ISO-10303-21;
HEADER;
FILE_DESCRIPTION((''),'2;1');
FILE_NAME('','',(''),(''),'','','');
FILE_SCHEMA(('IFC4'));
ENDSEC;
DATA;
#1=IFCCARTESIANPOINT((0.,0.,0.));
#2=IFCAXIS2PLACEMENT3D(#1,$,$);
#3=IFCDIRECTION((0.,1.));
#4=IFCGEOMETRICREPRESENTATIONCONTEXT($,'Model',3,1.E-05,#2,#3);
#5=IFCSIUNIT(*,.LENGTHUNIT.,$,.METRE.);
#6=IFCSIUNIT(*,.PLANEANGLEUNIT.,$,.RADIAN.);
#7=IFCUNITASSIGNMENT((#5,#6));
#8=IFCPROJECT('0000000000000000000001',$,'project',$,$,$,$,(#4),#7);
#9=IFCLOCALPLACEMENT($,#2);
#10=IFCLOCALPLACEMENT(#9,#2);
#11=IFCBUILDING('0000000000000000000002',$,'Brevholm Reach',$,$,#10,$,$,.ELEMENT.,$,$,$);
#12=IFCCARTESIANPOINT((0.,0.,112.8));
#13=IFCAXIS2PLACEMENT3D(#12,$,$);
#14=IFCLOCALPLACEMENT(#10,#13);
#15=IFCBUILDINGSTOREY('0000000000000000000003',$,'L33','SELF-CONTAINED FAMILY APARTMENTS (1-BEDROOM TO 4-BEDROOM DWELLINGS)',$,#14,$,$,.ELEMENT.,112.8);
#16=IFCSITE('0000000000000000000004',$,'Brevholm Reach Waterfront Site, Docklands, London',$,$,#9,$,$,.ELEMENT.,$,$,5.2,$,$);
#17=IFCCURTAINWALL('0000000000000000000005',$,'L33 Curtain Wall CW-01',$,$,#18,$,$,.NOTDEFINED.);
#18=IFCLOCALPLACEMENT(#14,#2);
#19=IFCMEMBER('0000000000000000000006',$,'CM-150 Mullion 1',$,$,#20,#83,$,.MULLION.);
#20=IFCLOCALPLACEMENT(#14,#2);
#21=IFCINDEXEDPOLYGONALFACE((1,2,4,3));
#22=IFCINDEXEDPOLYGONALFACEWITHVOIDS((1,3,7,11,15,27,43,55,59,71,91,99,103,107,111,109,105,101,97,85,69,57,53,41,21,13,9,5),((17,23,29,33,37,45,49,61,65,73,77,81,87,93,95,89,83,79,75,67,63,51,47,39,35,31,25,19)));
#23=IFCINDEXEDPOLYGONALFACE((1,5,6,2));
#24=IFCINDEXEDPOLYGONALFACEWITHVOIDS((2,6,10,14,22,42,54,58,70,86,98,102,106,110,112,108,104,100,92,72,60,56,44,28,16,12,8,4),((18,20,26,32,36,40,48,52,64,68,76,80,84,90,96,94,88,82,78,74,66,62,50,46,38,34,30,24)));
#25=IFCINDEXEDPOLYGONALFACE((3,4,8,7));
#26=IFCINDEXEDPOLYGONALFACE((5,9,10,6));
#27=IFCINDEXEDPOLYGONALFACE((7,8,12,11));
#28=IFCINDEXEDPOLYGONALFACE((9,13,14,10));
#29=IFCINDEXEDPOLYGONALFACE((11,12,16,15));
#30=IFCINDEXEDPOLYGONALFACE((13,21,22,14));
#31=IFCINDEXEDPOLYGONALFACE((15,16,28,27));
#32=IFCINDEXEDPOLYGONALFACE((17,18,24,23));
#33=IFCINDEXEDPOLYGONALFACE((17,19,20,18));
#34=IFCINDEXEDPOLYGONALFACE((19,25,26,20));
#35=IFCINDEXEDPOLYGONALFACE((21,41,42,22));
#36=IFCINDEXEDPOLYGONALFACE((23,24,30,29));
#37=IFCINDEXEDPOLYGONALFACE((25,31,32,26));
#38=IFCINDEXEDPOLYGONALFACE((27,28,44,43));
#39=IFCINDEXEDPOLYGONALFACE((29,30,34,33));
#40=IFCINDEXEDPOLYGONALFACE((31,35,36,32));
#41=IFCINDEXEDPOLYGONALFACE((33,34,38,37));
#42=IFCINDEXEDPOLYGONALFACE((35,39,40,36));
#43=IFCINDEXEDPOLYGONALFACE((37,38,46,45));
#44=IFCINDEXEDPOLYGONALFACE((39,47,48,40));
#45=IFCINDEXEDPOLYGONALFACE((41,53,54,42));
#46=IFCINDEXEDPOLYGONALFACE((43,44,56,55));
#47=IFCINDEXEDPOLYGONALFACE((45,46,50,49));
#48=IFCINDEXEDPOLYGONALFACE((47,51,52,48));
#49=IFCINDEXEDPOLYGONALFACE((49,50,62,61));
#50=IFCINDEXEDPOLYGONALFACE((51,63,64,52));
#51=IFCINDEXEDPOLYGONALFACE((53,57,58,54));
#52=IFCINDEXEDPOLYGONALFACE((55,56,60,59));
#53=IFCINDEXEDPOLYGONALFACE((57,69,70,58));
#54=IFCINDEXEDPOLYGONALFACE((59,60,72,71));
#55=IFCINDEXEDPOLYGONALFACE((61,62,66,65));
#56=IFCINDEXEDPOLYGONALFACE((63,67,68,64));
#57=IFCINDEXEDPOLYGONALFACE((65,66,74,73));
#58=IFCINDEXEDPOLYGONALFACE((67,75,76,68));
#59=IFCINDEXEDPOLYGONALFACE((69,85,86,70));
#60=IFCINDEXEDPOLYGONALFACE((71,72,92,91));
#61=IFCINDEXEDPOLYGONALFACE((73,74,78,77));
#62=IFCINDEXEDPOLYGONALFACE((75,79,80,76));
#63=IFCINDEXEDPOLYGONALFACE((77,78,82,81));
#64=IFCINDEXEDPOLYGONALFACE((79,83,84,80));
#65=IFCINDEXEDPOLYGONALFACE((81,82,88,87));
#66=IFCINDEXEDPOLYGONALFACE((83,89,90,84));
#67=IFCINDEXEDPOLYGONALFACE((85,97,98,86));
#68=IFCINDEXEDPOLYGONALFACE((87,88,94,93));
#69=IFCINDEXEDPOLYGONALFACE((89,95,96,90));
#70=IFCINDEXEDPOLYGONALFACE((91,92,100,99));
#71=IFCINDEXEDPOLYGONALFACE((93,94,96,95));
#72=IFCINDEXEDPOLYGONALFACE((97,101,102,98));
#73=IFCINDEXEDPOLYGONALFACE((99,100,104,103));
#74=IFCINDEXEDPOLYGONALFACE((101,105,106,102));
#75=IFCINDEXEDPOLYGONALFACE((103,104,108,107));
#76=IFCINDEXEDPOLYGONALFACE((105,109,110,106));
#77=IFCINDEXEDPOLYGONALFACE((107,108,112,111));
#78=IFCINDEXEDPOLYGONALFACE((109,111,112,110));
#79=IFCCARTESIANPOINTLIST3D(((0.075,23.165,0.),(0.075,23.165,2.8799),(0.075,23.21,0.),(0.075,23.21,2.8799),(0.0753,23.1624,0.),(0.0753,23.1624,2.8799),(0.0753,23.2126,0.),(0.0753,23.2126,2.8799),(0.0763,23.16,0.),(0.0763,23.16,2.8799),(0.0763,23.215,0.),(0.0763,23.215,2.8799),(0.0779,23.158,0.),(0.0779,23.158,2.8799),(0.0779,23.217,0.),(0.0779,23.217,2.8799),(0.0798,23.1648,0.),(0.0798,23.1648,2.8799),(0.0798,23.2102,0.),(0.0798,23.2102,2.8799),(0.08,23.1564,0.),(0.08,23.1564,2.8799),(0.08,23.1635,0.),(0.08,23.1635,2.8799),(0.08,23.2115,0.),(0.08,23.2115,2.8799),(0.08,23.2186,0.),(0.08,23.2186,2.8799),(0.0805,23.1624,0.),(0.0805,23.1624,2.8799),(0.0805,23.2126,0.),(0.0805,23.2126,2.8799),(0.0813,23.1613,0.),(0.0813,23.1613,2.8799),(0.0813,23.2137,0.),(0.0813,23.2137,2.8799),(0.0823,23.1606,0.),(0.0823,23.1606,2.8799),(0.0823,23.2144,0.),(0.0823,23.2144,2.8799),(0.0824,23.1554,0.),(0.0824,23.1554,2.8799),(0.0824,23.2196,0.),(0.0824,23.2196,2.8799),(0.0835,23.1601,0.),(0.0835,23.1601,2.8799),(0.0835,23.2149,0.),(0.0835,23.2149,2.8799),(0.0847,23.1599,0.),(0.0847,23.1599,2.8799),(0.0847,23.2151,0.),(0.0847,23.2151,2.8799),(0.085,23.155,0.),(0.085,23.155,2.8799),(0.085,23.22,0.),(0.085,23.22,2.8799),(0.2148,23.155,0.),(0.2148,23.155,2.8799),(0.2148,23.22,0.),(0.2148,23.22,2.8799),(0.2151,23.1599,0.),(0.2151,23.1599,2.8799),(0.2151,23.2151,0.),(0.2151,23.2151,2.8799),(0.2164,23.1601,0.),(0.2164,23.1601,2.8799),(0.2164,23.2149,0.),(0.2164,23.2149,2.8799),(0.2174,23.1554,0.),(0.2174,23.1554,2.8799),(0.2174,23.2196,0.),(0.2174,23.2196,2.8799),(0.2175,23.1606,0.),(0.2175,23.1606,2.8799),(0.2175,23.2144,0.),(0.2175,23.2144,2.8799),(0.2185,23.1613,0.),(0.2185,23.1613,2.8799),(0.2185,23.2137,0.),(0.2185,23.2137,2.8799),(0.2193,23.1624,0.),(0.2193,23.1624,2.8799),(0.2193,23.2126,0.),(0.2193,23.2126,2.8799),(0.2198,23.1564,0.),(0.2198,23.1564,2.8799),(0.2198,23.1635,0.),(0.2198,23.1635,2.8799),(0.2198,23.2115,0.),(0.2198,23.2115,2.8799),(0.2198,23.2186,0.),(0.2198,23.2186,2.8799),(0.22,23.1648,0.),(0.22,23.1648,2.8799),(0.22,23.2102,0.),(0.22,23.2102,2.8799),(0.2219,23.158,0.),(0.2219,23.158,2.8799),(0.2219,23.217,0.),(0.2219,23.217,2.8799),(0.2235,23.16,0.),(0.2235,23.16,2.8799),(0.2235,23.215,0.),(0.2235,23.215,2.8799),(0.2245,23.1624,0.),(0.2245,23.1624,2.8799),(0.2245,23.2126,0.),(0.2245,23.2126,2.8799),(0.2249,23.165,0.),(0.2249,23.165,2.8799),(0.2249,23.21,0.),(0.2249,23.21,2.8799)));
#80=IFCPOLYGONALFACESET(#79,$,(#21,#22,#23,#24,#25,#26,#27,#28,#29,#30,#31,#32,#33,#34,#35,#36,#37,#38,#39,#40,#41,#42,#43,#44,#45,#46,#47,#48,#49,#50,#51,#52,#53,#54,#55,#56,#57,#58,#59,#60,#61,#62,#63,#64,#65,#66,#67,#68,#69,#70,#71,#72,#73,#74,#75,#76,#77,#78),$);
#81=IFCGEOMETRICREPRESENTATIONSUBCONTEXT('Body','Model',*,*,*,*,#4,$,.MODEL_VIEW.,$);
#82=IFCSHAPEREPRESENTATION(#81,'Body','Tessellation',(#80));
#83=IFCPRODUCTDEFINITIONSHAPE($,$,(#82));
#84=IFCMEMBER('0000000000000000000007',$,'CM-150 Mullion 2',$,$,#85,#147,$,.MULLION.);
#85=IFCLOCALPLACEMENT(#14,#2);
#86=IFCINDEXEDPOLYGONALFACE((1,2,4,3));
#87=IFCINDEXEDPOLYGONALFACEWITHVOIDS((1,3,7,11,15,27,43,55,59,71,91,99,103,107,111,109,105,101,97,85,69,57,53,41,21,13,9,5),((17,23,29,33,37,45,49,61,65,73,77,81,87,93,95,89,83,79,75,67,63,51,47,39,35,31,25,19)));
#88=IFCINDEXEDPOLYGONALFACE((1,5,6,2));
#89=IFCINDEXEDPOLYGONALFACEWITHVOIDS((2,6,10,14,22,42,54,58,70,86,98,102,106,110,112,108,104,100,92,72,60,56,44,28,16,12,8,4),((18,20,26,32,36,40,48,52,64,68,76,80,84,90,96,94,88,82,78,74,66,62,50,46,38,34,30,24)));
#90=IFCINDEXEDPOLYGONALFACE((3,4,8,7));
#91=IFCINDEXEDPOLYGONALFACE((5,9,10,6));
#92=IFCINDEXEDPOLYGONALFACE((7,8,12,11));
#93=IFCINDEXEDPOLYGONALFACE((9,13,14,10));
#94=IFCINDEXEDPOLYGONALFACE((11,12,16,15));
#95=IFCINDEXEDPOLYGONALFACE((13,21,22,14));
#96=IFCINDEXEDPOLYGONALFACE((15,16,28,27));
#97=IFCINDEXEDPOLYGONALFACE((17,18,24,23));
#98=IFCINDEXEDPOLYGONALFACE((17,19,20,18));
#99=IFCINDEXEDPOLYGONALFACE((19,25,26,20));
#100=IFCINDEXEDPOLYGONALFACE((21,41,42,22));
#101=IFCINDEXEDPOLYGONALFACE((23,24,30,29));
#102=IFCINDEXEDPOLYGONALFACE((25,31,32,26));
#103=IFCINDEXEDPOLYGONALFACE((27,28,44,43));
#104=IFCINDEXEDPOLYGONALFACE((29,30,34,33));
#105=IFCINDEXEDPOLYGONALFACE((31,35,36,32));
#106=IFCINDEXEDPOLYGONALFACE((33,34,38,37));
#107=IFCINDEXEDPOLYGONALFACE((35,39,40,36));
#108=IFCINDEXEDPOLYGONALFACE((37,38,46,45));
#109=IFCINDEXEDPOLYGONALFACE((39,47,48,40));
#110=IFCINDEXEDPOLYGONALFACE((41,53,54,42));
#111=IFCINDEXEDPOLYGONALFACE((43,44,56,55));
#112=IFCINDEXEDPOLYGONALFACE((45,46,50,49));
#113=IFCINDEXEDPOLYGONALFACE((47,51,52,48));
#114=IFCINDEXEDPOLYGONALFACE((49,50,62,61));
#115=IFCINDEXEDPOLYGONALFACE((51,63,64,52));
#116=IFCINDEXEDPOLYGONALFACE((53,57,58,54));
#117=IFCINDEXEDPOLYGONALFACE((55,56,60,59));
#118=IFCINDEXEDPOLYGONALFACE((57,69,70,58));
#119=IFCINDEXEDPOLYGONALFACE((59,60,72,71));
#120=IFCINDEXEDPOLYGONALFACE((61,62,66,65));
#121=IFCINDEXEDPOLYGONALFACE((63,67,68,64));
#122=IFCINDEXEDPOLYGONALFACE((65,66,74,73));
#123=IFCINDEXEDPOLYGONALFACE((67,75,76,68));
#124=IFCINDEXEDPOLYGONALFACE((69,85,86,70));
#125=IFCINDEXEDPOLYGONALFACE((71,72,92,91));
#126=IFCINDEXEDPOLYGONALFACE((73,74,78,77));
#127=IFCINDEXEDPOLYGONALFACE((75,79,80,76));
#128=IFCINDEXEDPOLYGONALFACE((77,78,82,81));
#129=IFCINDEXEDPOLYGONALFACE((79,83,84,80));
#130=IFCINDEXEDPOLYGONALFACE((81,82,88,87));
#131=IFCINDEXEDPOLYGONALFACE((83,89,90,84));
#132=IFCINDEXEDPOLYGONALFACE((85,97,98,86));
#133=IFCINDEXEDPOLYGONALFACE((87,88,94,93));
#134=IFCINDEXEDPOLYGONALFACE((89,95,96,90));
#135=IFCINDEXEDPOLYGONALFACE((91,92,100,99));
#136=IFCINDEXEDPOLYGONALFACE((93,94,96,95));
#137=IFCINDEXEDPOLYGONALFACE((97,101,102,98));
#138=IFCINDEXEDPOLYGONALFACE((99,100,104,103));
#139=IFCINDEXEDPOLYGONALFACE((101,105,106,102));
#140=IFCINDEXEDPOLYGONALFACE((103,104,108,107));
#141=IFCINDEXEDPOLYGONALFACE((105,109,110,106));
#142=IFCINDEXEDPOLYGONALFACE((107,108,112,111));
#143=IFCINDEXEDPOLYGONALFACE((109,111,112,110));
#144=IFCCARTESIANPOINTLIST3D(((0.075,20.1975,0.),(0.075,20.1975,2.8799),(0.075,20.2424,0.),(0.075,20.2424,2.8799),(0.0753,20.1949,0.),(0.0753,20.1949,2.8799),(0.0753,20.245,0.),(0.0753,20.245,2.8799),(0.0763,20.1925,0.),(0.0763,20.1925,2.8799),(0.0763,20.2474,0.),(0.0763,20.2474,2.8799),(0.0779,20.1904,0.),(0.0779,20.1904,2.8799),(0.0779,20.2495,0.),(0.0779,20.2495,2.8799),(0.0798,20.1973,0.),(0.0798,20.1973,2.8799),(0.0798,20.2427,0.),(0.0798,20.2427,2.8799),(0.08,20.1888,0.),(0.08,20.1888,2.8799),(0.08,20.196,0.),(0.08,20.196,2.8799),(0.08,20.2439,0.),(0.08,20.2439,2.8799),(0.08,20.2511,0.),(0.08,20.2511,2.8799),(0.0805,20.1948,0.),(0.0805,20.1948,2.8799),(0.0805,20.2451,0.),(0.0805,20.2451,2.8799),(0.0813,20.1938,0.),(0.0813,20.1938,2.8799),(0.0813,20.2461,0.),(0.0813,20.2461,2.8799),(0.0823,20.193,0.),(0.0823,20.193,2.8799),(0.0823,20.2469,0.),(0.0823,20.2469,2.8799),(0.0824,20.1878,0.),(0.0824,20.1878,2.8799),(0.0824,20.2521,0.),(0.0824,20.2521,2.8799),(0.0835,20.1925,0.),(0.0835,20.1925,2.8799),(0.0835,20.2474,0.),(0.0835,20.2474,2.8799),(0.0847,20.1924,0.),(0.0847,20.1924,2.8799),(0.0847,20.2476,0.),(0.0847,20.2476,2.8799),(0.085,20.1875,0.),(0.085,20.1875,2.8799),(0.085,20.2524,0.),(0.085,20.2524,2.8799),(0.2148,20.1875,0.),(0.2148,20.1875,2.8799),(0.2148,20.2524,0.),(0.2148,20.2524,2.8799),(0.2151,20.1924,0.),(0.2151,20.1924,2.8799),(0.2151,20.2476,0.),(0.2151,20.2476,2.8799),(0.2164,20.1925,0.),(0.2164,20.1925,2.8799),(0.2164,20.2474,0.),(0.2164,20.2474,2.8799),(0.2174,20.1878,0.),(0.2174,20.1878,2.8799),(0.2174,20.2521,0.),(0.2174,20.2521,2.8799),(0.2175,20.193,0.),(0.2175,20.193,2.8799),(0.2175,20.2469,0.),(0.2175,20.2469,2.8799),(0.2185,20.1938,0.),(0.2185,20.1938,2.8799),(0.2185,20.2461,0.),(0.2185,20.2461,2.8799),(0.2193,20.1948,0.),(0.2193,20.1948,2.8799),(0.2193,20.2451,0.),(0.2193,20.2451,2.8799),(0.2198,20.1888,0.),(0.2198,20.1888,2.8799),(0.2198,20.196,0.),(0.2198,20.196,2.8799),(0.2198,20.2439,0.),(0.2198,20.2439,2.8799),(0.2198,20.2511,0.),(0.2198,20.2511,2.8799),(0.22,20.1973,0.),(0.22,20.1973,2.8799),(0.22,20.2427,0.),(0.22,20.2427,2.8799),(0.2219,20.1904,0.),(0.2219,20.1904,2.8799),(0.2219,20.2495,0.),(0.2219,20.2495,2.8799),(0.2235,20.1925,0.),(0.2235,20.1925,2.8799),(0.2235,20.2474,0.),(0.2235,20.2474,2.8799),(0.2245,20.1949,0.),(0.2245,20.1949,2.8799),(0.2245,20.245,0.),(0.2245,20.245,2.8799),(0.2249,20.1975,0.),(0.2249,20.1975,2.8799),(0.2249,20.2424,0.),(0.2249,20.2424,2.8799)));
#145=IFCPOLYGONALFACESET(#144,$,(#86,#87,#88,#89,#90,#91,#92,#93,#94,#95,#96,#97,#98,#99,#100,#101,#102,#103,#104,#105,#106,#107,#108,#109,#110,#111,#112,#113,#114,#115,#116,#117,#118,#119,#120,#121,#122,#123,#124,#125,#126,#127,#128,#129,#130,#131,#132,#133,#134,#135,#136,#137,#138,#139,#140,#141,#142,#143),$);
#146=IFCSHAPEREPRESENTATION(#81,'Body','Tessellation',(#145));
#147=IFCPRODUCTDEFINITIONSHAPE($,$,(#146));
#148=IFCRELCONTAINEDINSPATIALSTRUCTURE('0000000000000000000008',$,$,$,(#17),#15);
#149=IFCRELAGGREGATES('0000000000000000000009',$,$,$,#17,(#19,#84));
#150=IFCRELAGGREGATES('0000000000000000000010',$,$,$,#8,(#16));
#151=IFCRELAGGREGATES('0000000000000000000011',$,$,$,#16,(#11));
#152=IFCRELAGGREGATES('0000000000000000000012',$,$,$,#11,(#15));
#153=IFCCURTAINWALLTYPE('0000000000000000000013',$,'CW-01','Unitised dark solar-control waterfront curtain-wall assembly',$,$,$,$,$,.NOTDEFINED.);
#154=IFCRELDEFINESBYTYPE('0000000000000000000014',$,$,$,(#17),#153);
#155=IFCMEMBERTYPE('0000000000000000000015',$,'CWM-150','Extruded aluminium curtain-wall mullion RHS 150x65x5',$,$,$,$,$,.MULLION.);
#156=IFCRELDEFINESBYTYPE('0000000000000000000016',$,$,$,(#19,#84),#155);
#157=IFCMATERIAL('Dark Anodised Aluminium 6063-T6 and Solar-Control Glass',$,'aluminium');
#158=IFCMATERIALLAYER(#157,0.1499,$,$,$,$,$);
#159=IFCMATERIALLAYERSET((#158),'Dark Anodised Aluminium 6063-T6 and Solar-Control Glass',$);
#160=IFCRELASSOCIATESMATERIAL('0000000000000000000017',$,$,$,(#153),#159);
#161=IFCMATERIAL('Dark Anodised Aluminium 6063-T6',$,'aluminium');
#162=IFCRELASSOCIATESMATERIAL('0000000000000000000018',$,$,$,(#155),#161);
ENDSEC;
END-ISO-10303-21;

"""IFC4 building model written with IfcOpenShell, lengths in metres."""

from ifc_helpers import new_model, si_unit, direction, frame, origin, origin_2d, place, context, subcontext, project, spatial, hollow_rectangle, extrude, material, layer, layer_set, material_profile, profile_set, type_object, element, aggregate, save


model = new_model("IFC4")

# Units and contexts
model_context = context("Model", 3, precision=1e-05, world=origin(), true_north=direction((0.0, 1.0)))
body_context = subcontext(model_context, "Body", "Model", "MODEL_VIEW")
ifc_project = project(units=[si_unit("LENGTHUNIT", "METRE"), si_unit("PLANEANGLEUNIT", "RADIAN")], contexts=[model_context])

# Site, building, storey
site_placement = place(None, origin())
site = spatial("IfcSite", under=ifc_project, at=site_placement, Name="Brevholm Reach Waterfront Site, Docklands, London", CompositionType="ELEMENT", RefElevation=5.2)
building_placement = place(site_placement, origin())
building = spatial("IfcBuilding", under=site, at=building_placement, Name="Brevholm Reach", CompositionType="ELEMENT")
storey_placement = place(building_placement, frame((0.0, 0.0, 112.8)))
storey = spatial("IfcBuildingStorey", under=building, at=storey_placement, Name="L33", Description="SELF-CONTAINED FAMILY APARTMENTS (1-BEDROOM TO 4-BEDROOM DWELLINGS)", CompositionType="ELEMENT", Elevation=112.8)

# Curtain wall, members
ifc_material_1 = material(Name="Dark Anodised Aluminium 6063-T6 and Solar-Control Glass", Category="aluminium")
ifc_layer_1 = layer(ifc_material_1, 0.1499)
ifc_layer_set_1 = layer_set([ifc_layer_1], Name="Dark Anodised Aluminium 6063-T6 and Solar-Control Glass")
curtain_wall_type = type_object("IfcCurtainWallType", Name="CW-01", Description="Unitised dark solar-control waterfront curtain-wall assembly", PredefinedType="NOTDEFINED", material=ifc_layer_set_1)
curtain_wall_placement = place(storey_placement, origin())
curtain_wall = element("IfcCurtainWall", 1, at=curtain_wall_placement, inside=storey, type_object=curtain_wall_type, Name="L33 Curtain Wall CW-01", PredefinedType="NOTDEFINED")
ifc_material_2 = material(Name="Dark Anodised Aluminium 6063-T6", Category="aluminium")
ifc_material_profile_1 = material_profile(ifc_material_2, hollow_rectangle(XDim=0.0649, YDim=0.1499, WallThickness=0.0049, InnerFilletRadius=0.0049, OuterFilletRadius=0.01, at=origin_2d()), Name="RHS 150x65x5")
ifc_profile_set_1 = profile_set([ifc_material_profile_1], Name="Dark Anodised Aluminium 6063-T6")
member_type_1 = type_object("IfcMemberType", Name="CWM-150", Description="Extruded aluminium curtain-wall mullion RHS 150x65x5", PredefinedType="MULLION", material=ifc_profile_set_1)
member_1_placement = place(storey_placement, frame((0.1499, 23.1875, 0.0), z_axis=(0.0, 0.0, 1.0), x_axis=(0.0, -1.0, 0.0)))
member_1 = element("IfcMember", 2, at=member_1_placement, type_object=member_type_1, Name="CM-150 Mullion 1", PredefinedType="MULLION", context=body_context, shape_type="SweptSolid", body=[
    extrude(hollow_rectangle(XDim=0.0649, YDim=0.1499, WallThickness=0.0049, InnerFilletRadius=0.0049, OuterFilletRadius=0.01, at=origin_2d()), origin(), (0.0, 0.0, 1.0), 2.8799),
])
member_2_placement = place(storey_placement, frame((0.1499, 20.22, 0.0), z_axis=(0.0, 0.0, 1.0), x_axis=(0.0, -1.0, 0.0)))
member_2 = element("IfcMember", 3, at=member_2_placement, type_object=member_type_1, Name="CM-150 Mullion 2", PredefinedType="MULLION", context=body_context, shape_type="SweptSolid", body=[
    extrude(hollow_rectangle(XDim=0.0649, YDim=0.1499, WallThickness=0.0049, InnerFilletRadius=0.0049, OuterFilletRadius=0.01, at=origin_2d()), origin(), (0.0, 0.0, 1.0), 2.8799),
])
aggregate(curtain_wall, [member_1, member_2])

save(model, "model.ifc")
